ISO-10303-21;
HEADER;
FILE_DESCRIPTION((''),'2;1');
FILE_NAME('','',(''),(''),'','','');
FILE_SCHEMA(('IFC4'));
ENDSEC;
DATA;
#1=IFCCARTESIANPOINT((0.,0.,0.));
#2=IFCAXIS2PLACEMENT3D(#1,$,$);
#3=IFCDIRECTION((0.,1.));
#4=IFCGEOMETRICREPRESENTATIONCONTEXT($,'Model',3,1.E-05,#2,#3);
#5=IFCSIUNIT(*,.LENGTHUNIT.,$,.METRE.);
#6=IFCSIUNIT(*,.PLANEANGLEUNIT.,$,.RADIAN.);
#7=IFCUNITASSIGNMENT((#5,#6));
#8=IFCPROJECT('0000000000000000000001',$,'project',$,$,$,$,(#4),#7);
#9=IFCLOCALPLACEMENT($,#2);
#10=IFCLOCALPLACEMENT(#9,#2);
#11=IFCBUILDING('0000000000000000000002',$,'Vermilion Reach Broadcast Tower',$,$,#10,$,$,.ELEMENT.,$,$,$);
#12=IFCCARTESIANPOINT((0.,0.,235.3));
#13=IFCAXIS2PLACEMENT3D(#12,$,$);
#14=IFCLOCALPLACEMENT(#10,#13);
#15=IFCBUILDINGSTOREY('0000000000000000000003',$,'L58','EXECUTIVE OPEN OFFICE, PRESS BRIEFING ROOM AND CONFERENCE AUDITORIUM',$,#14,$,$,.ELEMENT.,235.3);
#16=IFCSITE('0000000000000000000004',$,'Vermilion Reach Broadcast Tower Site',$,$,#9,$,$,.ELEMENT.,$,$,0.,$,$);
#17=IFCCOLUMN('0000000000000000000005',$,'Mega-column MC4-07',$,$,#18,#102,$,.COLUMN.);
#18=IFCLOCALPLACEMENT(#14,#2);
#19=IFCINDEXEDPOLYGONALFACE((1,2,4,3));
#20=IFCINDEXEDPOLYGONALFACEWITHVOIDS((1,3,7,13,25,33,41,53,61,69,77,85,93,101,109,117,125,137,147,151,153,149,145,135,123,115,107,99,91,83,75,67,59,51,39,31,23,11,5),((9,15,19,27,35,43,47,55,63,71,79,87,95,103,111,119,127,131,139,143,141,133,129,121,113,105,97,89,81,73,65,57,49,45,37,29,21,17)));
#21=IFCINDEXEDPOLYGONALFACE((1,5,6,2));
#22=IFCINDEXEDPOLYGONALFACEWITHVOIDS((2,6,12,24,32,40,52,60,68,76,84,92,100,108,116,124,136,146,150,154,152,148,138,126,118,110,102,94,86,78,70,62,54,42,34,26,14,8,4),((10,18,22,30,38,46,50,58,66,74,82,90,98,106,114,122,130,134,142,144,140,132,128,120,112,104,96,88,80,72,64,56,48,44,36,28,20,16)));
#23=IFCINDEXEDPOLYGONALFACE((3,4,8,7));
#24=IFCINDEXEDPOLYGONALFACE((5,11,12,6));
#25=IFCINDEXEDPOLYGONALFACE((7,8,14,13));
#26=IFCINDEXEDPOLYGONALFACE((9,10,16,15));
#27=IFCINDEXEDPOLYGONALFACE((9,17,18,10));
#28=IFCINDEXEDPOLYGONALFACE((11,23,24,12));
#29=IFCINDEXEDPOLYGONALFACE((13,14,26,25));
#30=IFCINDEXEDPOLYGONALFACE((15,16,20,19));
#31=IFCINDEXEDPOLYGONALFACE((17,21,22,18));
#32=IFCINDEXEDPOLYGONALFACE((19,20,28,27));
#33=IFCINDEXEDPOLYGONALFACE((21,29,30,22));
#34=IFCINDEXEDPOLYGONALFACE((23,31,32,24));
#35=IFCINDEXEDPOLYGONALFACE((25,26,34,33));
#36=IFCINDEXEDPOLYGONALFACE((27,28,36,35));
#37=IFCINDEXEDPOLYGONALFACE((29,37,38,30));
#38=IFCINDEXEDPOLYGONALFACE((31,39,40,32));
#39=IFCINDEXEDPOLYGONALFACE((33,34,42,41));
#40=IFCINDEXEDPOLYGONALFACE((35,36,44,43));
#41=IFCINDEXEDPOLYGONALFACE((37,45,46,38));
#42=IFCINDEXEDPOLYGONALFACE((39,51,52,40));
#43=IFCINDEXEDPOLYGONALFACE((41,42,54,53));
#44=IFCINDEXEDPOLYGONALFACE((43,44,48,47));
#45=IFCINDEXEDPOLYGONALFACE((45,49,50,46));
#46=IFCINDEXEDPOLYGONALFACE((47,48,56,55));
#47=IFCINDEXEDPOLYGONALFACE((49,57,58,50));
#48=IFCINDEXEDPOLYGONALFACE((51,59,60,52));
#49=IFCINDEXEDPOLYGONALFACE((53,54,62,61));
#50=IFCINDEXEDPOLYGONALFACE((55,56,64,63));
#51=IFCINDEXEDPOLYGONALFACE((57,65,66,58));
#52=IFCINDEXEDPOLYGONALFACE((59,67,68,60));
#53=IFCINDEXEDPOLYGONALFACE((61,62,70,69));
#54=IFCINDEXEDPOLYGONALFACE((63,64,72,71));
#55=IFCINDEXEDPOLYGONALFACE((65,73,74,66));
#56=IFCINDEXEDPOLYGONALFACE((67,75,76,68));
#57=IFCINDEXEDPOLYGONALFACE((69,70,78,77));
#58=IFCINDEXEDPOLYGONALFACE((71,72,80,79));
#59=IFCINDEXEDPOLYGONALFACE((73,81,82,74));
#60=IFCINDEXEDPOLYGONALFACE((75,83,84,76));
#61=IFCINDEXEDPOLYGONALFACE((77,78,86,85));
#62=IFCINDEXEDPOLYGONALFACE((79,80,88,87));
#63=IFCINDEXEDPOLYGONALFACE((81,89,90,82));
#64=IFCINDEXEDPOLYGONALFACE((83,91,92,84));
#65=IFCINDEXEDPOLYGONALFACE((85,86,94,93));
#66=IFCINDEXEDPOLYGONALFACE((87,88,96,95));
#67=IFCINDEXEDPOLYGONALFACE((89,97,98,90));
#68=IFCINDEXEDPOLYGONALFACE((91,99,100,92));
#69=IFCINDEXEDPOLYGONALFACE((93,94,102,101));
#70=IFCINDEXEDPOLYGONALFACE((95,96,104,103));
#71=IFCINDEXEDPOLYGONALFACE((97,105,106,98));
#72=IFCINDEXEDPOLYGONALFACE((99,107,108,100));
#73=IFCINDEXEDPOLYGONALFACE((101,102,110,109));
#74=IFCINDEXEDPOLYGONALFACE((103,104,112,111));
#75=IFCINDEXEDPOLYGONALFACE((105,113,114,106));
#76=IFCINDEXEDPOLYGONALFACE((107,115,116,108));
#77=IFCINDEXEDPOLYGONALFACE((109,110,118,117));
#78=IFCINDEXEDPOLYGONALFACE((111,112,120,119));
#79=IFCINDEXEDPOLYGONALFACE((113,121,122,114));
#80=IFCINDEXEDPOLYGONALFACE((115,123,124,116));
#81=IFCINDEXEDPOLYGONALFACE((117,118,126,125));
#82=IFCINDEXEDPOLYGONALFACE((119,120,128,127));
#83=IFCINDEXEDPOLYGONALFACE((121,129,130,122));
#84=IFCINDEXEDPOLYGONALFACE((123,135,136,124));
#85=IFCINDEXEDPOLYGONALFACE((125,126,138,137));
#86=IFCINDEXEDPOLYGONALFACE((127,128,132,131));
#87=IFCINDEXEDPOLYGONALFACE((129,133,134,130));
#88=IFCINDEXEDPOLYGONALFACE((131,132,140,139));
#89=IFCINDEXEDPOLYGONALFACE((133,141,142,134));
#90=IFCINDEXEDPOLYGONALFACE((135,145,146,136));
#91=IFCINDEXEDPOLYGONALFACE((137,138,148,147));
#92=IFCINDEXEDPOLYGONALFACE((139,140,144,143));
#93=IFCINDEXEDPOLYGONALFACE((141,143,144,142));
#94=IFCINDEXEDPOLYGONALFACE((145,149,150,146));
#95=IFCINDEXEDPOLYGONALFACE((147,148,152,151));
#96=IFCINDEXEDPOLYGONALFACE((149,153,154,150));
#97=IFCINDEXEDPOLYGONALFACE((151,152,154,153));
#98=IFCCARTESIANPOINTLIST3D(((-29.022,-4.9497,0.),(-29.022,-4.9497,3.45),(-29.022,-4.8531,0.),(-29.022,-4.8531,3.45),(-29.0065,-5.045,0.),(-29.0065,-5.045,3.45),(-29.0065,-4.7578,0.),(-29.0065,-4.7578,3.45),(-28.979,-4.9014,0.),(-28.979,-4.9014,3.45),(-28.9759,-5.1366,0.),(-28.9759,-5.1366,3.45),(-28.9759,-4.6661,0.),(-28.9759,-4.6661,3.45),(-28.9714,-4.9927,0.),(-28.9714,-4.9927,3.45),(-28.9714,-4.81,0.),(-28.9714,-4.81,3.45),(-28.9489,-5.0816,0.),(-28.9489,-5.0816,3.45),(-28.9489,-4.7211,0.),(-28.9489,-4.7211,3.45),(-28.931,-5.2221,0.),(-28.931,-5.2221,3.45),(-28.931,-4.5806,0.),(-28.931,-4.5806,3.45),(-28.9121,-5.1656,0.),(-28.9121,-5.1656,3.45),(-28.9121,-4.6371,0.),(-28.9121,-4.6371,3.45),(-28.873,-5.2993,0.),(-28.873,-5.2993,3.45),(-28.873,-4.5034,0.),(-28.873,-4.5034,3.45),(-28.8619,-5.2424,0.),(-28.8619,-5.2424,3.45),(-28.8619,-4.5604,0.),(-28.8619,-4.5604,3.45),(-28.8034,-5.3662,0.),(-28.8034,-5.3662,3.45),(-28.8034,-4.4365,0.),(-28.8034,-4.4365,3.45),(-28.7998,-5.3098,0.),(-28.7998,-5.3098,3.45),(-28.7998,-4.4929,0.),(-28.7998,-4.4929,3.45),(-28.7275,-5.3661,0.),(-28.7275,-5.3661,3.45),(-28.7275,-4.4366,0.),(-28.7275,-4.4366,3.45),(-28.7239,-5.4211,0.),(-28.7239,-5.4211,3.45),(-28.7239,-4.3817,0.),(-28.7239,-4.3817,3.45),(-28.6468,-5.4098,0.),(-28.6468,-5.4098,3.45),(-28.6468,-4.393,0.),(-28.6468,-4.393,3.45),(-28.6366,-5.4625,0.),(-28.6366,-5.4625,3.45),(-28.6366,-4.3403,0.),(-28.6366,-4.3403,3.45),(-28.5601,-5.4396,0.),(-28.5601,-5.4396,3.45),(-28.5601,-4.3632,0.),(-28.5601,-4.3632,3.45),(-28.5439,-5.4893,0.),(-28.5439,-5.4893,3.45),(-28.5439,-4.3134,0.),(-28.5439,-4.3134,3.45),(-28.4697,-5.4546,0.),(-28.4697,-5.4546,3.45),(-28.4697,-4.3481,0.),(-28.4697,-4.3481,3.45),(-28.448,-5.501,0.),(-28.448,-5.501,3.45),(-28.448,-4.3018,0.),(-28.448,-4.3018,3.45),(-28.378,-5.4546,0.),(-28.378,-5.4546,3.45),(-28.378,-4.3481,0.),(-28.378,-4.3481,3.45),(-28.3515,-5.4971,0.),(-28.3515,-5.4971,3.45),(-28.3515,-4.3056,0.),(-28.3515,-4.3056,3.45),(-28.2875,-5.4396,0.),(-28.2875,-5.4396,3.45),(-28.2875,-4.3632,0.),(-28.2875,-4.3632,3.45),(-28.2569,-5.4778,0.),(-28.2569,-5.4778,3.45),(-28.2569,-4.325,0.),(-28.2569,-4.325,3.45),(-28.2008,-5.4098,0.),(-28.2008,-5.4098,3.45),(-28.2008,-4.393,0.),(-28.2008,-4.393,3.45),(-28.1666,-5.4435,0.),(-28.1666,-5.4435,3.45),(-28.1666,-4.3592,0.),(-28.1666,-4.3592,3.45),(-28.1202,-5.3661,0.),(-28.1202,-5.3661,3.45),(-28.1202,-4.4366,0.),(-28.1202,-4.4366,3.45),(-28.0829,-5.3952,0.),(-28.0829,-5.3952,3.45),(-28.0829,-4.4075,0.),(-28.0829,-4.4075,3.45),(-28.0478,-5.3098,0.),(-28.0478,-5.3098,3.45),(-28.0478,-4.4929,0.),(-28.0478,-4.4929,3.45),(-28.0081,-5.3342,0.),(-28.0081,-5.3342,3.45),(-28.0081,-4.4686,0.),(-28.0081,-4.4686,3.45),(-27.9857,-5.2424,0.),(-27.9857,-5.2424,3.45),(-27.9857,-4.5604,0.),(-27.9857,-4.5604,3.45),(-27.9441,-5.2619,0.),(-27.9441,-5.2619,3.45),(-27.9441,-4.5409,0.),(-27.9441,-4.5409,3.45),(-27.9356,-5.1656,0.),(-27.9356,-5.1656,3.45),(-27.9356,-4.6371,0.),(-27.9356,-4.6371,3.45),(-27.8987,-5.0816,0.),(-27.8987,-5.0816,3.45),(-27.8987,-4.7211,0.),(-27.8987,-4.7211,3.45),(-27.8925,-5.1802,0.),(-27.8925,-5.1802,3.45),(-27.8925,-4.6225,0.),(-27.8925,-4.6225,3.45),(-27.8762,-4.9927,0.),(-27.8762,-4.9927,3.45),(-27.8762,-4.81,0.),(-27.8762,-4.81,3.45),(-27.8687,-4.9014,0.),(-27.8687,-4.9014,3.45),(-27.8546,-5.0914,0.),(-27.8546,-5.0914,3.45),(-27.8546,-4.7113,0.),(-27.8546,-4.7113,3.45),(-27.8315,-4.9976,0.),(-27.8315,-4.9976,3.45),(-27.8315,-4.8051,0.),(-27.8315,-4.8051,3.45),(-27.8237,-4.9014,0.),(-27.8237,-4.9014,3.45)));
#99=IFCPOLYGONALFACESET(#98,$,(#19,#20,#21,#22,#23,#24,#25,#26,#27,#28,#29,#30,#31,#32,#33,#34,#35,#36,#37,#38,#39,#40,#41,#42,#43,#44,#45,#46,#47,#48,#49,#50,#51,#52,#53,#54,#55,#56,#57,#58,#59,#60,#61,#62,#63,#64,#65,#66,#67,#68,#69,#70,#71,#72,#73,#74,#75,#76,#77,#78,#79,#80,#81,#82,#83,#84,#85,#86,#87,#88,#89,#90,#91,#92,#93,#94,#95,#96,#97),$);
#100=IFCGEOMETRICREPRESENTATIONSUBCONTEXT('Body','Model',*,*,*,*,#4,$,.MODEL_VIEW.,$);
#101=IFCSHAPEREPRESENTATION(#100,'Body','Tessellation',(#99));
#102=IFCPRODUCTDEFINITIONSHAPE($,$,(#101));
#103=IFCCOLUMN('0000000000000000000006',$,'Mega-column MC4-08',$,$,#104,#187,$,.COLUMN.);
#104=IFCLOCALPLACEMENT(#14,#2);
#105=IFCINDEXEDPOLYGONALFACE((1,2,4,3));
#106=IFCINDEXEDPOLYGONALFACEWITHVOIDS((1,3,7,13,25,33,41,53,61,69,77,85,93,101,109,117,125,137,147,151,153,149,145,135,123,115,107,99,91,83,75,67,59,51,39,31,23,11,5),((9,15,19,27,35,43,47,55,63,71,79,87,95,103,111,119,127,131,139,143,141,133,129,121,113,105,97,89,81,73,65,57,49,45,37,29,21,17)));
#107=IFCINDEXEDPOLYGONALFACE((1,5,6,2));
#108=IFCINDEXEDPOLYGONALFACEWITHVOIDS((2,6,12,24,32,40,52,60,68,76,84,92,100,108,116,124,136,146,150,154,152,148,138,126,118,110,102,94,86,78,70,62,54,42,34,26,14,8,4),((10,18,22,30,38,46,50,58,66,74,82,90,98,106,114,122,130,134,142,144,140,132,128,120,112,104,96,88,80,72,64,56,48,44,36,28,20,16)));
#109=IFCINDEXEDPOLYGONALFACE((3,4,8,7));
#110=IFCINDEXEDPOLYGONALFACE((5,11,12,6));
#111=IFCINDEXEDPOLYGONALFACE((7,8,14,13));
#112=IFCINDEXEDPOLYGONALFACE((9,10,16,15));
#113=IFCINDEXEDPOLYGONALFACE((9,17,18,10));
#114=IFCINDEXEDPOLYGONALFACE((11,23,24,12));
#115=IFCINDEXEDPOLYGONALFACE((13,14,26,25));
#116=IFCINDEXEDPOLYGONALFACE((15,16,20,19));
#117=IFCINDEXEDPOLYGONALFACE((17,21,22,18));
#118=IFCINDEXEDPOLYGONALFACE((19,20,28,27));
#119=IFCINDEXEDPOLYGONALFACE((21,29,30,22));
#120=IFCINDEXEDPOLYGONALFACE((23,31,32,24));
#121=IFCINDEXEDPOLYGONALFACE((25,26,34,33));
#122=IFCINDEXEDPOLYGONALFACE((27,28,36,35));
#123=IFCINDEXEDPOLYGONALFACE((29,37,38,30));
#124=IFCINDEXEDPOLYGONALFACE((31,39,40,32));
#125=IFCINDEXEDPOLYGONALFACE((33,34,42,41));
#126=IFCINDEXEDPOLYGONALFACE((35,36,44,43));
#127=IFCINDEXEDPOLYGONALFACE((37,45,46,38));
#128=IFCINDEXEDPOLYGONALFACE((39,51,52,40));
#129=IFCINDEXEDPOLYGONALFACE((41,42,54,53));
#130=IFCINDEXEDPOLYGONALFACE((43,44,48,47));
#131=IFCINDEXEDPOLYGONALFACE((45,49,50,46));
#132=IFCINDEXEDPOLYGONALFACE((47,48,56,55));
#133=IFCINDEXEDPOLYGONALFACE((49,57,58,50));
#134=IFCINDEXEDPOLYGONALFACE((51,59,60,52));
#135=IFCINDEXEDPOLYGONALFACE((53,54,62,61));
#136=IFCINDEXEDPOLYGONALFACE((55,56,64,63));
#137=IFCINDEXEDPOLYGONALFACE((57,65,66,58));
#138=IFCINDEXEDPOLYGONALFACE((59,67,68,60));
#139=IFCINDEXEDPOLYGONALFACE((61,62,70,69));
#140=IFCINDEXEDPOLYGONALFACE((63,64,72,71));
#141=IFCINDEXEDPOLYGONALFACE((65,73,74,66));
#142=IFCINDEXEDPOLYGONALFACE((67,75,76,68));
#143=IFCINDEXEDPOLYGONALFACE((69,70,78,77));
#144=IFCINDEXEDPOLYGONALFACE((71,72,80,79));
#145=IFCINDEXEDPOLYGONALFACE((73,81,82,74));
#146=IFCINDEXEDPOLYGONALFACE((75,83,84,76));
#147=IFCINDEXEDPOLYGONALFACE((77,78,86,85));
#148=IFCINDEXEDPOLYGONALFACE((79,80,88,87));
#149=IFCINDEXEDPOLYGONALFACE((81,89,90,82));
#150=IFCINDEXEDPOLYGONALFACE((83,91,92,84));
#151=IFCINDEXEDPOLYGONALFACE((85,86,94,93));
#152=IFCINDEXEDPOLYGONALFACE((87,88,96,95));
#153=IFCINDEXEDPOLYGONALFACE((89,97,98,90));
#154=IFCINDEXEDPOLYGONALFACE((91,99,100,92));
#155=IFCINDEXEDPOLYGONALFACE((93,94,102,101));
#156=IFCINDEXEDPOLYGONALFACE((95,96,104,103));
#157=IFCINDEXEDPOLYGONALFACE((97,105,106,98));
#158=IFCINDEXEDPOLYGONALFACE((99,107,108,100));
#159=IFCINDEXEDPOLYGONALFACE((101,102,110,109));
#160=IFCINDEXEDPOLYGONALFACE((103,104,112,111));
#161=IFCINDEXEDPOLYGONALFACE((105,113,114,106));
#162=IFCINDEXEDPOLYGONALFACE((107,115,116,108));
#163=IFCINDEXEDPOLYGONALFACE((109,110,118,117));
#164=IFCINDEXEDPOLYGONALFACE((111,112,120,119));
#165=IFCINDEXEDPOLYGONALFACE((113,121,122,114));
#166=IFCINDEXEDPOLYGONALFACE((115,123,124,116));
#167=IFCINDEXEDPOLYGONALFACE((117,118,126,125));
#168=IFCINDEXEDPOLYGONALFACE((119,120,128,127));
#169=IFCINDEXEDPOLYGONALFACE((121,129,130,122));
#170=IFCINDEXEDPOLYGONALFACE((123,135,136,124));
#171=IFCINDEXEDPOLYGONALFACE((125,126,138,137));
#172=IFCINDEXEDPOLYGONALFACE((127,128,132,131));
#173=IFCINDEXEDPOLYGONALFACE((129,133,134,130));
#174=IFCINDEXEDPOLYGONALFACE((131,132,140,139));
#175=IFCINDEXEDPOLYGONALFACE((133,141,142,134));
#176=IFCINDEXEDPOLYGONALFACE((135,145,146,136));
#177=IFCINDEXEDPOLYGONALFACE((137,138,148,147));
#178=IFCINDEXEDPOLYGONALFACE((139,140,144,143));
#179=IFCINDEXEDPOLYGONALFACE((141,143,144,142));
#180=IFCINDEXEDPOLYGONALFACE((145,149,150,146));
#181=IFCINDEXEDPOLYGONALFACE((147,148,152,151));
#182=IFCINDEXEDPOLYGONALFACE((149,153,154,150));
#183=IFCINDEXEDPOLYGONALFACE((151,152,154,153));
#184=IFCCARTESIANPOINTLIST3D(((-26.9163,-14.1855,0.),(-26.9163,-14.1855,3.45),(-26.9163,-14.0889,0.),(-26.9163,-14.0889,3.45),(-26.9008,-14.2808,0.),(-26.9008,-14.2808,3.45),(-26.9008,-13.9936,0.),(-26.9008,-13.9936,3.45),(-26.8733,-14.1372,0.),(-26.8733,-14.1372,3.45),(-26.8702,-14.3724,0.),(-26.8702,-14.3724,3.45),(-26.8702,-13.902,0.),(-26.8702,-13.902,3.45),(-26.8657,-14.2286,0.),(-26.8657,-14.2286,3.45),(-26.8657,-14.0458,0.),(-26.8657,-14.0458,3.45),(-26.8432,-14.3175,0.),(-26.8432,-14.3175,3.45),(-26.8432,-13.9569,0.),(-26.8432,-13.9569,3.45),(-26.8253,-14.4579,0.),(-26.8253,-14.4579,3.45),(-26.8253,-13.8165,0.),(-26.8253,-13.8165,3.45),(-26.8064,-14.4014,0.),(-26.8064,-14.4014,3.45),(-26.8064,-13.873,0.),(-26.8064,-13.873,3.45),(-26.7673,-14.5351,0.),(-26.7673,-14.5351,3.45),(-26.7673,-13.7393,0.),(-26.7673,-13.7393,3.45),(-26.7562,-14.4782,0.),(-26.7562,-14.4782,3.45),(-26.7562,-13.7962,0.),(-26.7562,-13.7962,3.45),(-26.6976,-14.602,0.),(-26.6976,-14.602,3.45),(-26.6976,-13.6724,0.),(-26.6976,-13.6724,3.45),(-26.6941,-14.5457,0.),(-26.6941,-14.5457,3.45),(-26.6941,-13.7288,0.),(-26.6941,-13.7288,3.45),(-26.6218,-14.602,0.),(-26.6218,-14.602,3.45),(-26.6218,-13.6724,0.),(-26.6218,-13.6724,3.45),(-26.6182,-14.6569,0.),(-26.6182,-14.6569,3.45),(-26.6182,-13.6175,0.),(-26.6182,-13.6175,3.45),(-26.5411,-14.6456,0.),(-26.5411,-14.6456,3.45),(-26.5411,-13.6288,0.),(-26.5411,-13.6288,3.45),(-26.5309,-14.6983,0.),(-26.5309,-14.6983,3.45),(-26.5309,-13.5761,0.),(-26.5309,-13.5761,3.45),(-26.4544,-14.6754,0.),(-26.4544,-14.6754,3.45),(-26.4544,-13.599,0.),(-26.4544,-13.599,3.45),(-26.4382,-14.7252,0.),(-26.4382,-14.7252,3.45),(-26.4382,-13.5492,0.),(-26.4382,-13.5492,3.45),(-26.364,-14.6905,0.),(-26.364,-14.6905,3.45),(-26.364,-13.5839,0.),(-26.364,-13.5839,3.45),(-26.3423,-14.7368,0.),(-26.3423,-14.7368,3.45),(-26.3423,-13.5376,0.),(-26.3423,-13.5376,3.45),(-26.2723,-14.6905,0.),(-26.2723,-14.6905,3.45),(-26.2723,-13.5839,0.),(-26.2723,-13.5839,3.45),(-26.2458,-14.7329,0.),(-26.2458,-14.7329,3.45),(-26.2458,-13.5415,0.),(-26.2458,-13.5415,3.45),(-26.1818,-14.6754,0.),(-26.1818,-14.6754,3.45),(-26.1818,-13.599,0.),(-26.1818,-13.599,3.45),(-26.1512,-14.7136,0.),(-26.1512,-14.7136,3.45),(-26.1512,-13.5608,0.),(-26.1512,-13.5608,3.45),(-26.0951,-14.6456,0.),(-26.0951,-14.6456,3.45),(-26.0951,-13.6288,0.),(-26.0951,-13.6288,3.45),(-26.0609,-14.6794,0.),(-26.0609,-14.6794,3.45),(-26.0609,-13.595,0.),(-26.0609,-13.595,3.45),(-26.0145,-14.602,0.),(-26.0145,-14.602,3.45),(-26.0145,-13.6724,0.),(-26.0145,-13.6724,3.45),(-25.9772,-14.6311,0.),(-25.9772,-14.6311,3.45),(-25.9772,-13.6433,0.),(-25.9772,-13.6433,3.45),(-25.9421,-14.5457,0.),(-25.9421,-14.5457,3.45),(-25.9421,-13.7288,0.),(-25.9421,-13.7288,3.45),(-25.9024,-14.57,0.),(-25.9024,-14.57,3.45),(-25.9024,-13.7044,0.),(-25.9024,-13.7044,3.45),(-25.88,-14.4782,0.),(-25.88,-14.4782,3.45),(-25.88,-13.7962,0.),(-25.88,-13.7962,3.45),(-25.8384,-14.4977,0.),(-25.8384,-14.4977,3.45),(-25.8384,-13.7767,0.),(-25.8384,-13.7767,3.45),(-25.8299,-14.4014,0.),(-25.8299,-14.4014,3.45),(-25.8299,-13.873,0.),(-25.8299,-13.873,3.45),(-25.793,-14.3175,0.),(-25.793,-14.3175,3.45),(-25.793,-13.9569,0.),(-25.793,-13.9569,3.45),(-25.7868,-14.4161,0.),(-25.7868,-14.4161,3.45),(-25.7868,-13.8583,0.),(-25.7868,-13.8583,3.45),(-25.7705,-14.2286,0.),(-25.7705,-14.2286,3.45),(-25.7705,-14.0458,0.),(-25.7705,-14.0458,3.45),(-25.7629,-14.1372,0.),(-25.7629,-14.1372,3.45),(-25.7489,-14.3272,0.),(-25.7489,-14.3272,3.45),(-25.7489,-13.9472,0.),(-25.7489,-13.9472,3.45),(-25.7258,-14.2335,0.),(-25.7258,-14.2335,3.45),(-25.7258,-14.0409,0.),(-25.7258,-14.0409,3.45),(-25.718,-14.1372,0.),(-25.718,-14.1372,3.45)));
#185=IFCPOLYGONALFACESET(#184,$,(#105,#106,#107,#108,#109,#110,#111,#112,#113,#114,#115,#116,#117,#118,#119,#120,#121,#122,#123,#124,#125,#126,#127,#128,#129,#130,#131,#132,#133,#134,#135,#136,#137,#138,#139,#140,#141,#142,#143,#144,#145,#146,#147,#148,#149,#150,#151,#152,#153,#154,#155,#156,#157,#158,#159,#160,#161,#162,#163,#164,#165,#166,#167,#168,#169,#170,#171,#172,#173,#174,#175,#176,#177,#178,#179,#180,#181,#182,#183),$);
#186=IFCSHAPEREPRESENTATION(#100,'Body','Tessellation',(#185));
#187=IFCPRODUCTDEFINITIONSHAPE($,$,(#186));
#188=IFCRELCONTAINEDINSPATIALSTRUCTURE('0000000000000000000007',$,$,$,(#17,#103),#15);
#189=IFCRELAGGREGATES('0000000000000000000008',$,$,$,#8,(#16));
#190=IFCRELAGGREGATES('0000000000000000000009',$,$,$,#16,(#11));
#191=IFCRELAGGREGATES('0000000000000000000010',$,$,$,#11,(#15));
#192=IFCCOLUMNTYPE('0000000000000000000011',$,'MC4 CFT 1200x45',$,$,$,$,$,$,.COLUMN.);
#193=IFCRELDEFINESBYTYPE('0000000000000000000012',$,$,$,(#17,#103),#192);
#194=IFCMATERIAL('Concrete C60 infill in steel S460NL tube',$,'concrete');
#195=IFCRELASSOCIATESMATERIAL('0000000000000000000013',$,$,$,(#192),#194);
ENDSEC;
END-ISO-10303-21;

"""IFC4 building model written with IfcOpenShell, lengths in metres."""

from ifc_helpers import new_model, si_unit, direction, frame, origin, origin_2d, place, context, subcontext, project, spatial, hollow_circle, extrude, material, material_profile, profile_set, type_object, element, save


model = new_model("IFC4")

# Units and contexts
model_context = context("Model", 3, precision=1e-05, world=origin(), true_north=direction((0.0, 1.0)))
body_context = subcontext(model_context, "Body", "Model", "MODEL_VIEW")
ifc_project = project(units=[si_unit("LENGTHUNIT", "METRE"), si_unit("PLANEANGLEUNIT", "RADIAN")], contexts=[model_context])

# Site, building, storey
site_placement = place(None, origin())
site = spatial("IfcSite", under=ifc_project, at=site_placement, Name="Vermilion Reach Broadcast Tower Site", CompositionType="ELEMENT", RefElevation=0.0)
building_placement = place(site_placement, origin())
building = spatial("IfcBuilding", under=site, at=building_placement, Name="Vermilion Reach Broadcast Tower", CompositionType="ELEMENT")
storey_placement = place(building_placement, frame((0.0, 0.0, 235.3)))
storey = spatial("IfcBuildingStorey", under=building, at=storey_placement, Name="L58", Description="EXECUTIVE OPEN OFFICE, PRESS BRIEFING ROOM AND CONFERENCE AUDITORIUM", CompositionType="ELEMENT", Elevation=235.3)

# Columns
ifc_material_1 = material(Name="Concrete C60 infill in steel S460NL tube", Category="concrete")
ifc_material_profile_1 = material_profile(ifc_material_1, hollow_circle(Radius=0.6001, WallThickness=0.0449, at=origin_2d()), Name="Concrete C60 infill in steel S460NL tube CFT 1200x45")
ifc_profile_set_1 = profile_set([ifc_material_profile_1], Name="Concrete C60 infill in steel S460NL tube")
column_type = type_object("IfcColumnType", Name="MC4 CFT 1200x45", PredefinedType="COLUMN", material=ifc_profile_set_1)
for number, where, z_axis, x_axis, name in (
    (1, (-28.4238, -4.9014, 0.0), (0.0, 0.0, 1.0), (1.0, 0.0, 0.0), "Mega-column MC4-07"),
    (2, (-26.3181, -14.1372, 0.0), (0.0, 0.0, 1.0), (1.0, 0.0, 0.0), "Mega-column MC4-08"),
):
    element("IfcColumn", number, at=place(storey_placement, frame(where, z_axis=z_axis, x_axis=x_axis)), inside=storey, type_object=column_type, Name=name, PredefinedType="COLUMN", context=body_context, shape_type="SweptSolid", body=[
        extrude(hollow_circle(Radius=0.6001, WallThickness=0.0449, at=origin_2d()), origin(), (0.0, 0.0, 1.0), 3.45),
    ])

save(model, "model.ifc")
